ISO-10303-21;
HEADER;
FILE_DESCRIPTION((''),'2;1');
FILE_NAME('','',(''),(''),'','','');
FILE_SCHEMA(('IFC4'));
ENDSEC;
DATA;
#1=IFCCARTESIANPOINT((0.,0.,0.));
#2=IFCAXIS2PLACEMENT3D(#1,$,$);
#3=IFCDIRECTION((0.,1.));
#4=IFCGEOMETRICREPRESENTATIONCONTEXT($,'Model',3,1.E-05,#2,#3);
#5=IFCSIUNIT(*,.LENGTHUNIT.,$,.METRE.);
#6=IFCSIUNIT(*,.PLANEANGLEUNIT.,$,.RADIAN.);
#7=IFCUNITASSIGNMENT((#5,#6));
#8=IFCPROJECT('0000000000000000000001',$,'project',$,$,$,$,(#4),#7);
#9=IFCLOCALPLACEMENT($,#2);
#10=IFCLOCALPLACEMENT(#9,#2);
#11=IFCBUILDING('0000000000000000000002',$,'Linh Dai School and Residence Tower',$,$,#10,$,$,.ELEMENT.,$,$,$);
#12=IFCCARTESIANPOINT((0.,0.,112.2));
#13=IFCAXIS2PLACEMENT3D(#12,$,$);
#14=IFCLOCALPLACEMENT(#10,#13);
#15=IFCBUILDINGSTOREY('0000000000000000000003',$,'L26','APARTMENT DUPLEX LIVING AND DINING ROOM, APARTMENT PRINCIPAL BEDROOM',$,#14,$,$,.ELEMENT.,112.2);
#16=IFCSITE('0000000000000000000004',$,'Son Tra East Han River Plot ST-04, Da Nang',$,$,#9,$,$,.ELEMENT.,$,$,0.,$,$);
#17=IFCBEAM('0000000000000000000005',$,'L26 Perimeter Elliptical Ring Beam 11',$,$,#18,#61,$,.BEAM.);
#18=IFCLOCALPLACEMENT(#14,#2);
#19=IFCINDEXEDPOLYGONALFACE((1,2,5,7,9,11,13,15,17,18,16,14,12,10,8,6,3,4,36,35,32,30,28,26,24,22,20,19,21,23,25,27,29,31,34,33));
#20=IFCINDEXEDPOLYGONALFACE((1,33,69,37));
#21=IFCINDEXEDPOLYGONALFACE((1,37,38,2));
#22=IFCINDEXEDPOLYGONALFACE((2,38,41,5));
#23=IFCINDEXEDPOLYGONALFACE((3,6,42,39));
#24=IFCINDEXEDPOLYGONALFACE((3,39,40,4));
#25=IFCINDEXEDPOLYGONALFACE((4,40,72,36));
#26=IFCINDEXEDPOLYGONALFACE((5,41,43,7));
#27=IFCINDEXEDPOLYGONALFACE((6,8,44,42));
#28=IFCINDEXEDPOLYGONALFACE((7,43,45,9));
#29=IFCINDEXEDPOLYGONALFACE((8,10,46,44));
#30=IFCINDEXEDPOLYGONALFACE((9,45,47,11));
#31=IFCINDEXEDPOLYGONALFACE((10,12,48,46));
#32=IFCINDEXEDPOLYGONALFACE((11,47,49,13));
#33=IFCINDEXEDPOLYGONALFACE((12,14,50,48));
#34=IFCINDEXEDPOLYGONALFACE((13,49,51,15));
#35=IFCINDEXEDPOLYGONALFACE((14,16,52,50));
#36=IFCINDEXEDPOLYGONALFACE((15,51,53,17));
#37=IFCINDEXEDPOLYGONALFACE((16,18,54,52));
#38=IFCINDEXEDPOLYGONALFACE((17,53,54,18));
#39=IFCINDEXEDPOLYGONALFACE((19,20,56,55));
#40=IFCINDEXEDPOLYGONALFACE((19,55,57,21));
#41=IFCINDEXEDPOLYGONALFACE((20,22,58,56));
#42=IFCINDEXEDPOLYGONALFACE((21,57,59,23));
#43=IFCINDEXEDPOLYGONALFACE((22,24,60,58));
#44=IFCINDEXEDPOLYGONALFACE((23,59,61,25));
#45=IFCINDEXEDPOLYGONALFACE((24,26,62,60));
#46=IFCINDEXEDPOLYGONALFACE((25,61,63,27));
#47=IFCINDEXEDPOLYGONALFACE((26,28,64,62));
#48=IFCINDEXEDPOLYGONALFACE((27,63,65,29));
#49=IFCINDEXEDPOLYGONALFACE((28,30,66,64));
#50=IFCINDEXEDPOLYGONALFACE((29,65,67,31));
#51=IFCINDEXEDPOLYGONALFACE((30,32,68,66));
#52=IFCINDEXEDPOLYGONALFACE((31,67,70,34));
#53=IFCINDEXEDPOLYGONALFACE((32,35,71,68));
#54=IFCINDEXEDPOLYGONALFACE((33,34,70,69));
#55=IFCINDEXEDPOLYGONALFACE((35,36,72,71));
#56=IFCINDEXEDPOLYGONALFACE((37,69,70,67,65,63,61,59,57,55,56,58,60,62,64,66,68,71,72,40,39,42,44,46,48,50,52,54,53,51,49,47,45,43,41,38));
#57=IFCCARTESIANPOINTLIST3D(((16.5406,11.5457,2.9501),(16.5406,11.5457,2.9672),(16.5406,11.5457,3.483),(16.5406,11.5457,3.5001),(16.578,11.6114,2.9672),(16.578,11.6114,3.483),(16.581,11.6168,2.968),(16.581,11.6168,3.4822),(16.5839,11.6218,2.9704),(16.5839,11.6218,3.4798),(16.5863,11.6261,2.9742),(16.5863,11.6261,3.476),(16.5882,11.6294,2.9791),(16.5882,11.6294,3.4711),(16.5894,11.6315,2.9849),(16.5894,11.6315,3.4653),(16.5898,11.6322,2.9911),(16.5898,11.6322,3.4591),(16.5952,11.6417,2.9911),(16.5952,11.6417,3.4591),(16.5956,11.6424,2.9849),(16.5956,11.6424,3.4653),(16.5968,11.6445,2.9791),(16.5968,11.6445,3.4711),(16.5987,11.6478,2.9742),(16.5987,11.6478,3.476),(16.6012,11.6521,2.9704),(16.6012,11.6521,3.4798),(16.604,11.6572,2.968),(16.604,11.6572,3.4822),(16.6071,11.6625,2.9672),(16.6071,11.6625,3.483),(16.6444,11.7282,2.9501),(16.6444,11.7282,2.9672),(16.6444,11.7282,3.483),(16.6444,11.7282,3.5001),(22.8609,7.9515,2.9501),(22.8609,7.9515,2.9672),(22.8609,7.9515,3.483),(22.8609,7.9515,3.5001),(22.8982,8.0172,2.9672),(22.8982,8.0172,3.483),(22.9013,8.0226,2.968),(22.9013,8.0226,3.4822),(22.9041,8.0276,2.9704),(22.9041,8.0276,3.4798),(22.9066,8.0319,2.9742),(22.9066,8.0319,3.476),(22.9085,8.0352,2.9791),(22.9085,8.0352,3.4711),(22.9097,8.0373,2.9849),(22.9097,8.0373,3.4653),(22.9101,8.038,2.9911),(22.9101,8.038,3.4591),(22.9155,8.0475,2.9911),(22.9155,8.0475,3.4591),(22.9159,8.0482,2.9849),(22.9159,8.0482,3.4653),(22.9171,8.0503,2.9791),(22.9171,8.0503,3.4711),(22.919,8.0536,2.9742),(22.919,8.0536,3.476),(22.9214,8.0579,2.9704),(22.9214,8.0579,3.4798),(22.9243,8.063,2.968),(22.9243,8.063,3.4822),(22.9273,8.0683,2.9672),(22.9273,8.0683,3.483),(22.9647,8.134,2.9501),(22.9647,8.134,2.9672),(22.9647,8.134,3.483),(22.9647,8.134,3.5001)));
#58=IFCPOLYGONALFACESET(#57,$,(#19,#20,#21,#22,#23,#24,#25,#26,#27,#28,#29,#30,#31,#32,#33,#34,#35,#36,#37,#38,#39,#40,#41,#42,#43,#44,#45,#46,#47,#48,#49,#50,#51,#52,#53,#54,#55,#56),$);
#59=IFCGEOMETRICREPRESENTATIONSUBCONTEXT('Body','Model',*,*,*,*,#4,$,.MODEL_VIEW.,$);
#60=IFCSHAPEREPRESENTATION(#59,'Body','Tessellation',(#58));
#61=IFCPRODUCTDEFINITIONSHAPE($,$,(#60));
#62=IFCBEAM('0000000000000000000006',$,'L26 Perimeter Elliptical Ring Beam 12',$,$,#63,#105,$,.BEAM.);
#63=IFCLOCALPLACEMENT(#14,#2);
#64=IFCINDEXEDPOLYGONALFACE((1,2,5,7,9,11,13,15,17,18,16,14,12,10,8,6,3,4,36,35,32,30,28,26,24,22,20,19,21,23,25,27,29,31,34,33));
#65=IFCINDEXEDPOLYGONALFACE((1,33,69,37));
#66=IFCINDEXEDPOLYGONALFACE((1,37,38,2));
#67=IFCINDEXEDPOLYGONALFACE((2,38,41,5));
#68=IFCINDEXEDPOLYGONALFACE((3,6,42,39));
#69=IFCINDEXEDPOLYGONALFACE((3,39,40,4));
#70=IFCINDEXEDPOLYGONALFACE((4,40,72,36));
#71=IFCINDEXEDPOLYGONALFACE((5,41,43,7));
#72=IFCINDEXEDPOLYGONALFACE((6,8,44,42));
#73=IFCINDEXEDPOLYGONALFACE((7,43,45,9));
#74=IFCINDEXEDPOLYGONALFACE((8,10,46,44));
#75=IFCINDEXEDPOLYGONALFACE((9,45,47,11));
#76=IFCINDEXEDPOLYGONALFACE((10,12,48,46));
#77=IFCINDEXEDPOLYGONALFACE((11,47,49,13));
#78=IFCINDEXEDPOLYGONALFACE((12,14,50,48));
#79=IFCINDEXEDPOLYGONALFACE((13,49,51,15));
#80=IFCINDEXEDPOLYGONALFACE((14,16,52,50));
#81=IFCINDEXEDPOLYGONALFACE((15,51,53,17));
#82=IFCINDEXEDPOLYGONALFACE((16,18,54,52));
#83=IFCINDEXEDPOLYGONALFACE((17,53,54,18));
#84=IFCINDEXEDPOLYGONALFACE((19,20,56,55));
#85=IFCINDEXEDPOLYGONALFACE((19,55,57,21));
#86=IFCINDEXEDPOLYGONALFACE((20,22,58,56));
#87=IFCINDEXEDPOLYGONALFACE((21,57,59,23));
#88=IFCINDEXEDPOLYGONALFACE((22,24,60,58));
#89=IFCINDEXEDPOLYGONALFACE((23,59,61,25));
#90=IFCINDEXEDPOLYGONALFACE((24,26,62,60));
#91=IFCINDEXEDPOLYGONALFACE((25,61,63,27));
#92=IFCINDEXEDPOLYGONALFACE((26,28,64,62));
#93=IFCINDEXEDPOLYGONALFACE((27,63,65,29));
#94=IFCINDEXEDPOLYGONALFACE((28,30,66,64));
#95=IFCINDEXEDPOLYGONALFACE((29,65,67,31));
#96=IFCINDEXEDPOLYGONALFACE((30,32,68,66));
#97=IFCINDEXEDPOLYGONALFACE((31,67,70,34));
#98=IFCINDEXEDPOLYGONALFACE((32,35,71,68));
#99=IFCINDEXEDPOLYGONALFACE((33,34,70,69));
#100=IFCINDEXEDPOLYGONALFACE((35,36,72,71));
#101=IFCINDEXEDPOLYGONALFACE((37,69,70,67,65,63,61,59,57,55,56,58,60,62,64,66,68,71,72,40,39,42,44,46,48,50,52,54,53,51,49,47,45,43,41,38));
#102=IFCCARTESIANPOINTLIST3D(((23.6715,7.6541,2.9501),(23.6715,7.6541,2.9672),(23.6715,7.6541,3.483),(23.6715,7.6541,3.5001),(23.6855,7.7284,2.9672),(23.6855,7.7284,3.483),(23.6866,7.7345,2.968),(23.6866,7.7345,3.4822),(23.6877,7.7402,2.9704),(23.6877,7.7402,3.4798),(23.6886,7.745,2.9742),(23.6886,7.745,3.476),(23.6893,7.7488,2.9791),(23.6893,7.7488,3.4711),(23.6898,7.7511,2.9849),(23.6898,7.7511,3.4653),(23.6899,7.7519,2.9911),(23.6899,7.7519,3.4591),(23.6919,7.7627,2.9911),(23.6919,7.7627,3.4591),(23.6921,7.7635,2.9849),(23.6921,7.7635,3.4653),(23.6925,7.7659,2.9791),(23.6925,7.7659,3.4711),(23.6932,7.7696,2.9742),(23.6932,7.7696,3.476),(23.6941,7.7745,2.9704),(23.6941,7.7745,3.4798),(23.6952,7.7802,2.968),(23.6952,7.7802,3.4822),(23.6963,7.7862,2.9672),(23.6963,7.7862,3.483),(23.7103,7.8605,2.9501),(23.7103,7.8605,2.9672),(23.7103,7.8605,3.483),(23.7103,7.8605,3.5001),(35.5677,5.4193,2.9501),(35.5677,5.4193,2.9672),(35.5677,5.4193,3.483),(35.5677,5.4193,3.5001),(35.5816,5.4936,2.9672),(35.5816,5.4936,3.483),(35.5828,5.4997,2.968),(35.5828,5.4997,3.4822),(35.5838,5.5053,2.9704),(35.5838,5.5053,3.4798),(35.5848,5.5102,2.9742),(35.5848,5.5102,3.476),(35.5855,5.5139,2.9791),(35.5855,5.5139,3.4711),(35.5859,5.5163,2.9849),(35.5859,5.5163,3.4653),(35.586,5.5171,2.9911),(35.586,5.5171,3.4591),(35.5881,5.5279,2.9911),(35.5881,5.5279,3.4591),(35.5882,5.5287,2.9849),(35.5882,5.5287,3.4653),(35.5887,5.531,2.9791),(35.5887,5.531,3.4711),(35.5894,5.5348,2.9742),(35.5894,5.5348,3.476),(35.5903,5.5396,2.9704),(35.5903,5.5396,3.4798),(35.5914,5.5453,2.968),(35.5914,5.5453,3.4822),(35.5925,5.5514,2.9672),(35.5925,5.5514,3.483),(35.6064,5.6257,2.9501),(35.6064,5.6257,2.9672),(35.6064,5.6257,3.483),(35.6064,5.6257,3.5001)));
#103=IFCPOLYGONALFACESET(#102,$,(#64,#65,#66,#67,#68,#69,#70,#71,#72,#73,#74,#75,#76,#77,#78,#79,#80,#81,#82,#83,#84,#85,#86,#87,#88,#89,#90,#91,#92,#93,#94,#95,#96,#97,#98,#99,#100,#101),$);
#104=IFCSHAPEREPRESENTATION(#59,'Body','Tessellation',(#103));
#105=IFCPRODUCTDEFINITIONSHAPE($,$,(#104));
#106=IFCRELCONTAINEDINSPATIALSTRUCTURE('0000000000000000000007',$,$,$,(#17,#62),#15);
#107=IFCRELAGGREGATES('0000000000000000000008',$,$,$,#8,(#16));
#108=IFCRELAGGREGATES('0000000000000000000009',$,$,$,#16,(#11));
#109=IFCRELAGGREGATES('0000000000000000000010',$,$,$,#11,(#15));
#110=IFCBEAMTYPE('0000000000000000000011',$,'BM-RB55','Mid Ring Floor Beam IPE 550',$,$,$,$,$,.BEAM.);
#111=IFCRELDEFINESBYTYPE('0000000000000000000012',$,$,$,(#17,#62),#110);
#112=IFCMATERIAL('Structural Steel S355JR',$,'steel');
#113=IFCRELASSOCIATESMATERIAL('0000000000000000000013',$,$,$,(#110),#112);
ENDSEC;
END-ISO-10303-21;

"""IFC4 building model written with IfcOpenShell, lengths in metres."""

from ifc_helpers import new_model, si_unit, direction, frame, origin, origin_2d, place, context, subcontext, project, spatial, i_section, extrude, material, material_profile, profile_set, type_object, element, save


model = new_model("IFC4")

# Units and contexts
model_context = context("Model", 3, precision=1e-05, world=origin(), true_north=direction((0.0, 1.0)))
body_context = subcontext(model_context, "Body", "Model", "MODEL_VIEW")
ifc_project = project(units=[si_unit("LENGTHUNIT", "METRE"), si_unit("PLANEANGLEUNIT", "RADIAN")], contexts=[model_context])

# Site, building, storey
site_placement = place(None, origin())
site = spatial("IfcSite", under=ifc_project, at=site_placement, Name="Son Tra East Han River Plot ST-04, Da Nang", CompositionType="ELEMENT", RefElevation=0.0)
building_placement = place(site_placement, origin())
building = spatial("IfcBuilding", under=site, at=building_placement, Name="Linh Dai School and Residence Tower", CompositionType="ELEMENT")
storey_placement = place(building_placement, frame((0.0, 0.0, 112.2)))
storey = spatial("IfcBuildingStorey", under=building, at=storey_placement, Name="L26", Description="APARTMENT DUPLEX LIVING AND DINING ROOM, APARTMENT PRINCIPAL BEDROOM", CompositionType="ELEMENT", Elevation=112.2)

# Shared definitions
ifc_material_1 = material(Name="Structural Steel S355JR", Category="steel")

# Beams
ifc_material_profile_1 = material_profile(ifc_material_1, i_section(OverallWidth=0.21, OverallDepth=0.55, WebThickness=0.011, FlangeThickness=0.0171, FilletRadius=0.0239, at=origin_2d()), Name="IPE 550")
ifc_profile_set_1 = profile_set([ifc_material_profile_1], Name="Structural Steel S355JR")
beam_type = type_object("IfcBeamType", Name="BM-RB55", Description="Mid Ring Floor Beam IPE 550", PredefinedType="BEAM", material=ifc_profile_set_1)
beam_1_placement = place(storey_placement, frame((16.5925, 11.637, 3.2251), z_axis=(0.86927, -0.494337, 0.0), x_axis=(0.494337, 0.86927, 0.0)))
element("IfcBeam", 1, at=beam_1_placement, inside=storey, type_object=beam_type, Name="L26 Perimeter Elliptical Ring Beam 11", PredefinedType="BEAM", context=body_context, shape_type="SweptSolid", body=[
    extrude(i_section(OverallWidth=0.21, OverallDepth=0.55, WebThickness=0.011, FlangeThickness=0.0171, FilletRadius=0.0239, at=origin_2d()), origin(), (0.0, 0.0, 1.0), 7.2708),
])
beam_2_placement = place(storey_placement, frame((23.6909, 7.7573, 3.2251), z_axis=(0.982808, -0.184633, 0.0), x_axis=(0.184633, 0.982808, 0.0)))
element("IfcBeam", 2, at=beam_2_placement, inside=storey, type_object=beam_type, Name="L26 Perimeter Elliptical Ring Beam 12", PredefinedType="BEAM", context=body_context, shape_type="SweptSolid", body=[
    extrude(i_section(OverallWidth=0.21, OverallDepth=0.55, WebThickness=0.011, FlangeThickness=0.0171, FilletRadius=0.0239, at=origin_2d()), origin(), (0.0, 0.0, 1.0), 12.1042),
])

save(model, "model.ifc")
